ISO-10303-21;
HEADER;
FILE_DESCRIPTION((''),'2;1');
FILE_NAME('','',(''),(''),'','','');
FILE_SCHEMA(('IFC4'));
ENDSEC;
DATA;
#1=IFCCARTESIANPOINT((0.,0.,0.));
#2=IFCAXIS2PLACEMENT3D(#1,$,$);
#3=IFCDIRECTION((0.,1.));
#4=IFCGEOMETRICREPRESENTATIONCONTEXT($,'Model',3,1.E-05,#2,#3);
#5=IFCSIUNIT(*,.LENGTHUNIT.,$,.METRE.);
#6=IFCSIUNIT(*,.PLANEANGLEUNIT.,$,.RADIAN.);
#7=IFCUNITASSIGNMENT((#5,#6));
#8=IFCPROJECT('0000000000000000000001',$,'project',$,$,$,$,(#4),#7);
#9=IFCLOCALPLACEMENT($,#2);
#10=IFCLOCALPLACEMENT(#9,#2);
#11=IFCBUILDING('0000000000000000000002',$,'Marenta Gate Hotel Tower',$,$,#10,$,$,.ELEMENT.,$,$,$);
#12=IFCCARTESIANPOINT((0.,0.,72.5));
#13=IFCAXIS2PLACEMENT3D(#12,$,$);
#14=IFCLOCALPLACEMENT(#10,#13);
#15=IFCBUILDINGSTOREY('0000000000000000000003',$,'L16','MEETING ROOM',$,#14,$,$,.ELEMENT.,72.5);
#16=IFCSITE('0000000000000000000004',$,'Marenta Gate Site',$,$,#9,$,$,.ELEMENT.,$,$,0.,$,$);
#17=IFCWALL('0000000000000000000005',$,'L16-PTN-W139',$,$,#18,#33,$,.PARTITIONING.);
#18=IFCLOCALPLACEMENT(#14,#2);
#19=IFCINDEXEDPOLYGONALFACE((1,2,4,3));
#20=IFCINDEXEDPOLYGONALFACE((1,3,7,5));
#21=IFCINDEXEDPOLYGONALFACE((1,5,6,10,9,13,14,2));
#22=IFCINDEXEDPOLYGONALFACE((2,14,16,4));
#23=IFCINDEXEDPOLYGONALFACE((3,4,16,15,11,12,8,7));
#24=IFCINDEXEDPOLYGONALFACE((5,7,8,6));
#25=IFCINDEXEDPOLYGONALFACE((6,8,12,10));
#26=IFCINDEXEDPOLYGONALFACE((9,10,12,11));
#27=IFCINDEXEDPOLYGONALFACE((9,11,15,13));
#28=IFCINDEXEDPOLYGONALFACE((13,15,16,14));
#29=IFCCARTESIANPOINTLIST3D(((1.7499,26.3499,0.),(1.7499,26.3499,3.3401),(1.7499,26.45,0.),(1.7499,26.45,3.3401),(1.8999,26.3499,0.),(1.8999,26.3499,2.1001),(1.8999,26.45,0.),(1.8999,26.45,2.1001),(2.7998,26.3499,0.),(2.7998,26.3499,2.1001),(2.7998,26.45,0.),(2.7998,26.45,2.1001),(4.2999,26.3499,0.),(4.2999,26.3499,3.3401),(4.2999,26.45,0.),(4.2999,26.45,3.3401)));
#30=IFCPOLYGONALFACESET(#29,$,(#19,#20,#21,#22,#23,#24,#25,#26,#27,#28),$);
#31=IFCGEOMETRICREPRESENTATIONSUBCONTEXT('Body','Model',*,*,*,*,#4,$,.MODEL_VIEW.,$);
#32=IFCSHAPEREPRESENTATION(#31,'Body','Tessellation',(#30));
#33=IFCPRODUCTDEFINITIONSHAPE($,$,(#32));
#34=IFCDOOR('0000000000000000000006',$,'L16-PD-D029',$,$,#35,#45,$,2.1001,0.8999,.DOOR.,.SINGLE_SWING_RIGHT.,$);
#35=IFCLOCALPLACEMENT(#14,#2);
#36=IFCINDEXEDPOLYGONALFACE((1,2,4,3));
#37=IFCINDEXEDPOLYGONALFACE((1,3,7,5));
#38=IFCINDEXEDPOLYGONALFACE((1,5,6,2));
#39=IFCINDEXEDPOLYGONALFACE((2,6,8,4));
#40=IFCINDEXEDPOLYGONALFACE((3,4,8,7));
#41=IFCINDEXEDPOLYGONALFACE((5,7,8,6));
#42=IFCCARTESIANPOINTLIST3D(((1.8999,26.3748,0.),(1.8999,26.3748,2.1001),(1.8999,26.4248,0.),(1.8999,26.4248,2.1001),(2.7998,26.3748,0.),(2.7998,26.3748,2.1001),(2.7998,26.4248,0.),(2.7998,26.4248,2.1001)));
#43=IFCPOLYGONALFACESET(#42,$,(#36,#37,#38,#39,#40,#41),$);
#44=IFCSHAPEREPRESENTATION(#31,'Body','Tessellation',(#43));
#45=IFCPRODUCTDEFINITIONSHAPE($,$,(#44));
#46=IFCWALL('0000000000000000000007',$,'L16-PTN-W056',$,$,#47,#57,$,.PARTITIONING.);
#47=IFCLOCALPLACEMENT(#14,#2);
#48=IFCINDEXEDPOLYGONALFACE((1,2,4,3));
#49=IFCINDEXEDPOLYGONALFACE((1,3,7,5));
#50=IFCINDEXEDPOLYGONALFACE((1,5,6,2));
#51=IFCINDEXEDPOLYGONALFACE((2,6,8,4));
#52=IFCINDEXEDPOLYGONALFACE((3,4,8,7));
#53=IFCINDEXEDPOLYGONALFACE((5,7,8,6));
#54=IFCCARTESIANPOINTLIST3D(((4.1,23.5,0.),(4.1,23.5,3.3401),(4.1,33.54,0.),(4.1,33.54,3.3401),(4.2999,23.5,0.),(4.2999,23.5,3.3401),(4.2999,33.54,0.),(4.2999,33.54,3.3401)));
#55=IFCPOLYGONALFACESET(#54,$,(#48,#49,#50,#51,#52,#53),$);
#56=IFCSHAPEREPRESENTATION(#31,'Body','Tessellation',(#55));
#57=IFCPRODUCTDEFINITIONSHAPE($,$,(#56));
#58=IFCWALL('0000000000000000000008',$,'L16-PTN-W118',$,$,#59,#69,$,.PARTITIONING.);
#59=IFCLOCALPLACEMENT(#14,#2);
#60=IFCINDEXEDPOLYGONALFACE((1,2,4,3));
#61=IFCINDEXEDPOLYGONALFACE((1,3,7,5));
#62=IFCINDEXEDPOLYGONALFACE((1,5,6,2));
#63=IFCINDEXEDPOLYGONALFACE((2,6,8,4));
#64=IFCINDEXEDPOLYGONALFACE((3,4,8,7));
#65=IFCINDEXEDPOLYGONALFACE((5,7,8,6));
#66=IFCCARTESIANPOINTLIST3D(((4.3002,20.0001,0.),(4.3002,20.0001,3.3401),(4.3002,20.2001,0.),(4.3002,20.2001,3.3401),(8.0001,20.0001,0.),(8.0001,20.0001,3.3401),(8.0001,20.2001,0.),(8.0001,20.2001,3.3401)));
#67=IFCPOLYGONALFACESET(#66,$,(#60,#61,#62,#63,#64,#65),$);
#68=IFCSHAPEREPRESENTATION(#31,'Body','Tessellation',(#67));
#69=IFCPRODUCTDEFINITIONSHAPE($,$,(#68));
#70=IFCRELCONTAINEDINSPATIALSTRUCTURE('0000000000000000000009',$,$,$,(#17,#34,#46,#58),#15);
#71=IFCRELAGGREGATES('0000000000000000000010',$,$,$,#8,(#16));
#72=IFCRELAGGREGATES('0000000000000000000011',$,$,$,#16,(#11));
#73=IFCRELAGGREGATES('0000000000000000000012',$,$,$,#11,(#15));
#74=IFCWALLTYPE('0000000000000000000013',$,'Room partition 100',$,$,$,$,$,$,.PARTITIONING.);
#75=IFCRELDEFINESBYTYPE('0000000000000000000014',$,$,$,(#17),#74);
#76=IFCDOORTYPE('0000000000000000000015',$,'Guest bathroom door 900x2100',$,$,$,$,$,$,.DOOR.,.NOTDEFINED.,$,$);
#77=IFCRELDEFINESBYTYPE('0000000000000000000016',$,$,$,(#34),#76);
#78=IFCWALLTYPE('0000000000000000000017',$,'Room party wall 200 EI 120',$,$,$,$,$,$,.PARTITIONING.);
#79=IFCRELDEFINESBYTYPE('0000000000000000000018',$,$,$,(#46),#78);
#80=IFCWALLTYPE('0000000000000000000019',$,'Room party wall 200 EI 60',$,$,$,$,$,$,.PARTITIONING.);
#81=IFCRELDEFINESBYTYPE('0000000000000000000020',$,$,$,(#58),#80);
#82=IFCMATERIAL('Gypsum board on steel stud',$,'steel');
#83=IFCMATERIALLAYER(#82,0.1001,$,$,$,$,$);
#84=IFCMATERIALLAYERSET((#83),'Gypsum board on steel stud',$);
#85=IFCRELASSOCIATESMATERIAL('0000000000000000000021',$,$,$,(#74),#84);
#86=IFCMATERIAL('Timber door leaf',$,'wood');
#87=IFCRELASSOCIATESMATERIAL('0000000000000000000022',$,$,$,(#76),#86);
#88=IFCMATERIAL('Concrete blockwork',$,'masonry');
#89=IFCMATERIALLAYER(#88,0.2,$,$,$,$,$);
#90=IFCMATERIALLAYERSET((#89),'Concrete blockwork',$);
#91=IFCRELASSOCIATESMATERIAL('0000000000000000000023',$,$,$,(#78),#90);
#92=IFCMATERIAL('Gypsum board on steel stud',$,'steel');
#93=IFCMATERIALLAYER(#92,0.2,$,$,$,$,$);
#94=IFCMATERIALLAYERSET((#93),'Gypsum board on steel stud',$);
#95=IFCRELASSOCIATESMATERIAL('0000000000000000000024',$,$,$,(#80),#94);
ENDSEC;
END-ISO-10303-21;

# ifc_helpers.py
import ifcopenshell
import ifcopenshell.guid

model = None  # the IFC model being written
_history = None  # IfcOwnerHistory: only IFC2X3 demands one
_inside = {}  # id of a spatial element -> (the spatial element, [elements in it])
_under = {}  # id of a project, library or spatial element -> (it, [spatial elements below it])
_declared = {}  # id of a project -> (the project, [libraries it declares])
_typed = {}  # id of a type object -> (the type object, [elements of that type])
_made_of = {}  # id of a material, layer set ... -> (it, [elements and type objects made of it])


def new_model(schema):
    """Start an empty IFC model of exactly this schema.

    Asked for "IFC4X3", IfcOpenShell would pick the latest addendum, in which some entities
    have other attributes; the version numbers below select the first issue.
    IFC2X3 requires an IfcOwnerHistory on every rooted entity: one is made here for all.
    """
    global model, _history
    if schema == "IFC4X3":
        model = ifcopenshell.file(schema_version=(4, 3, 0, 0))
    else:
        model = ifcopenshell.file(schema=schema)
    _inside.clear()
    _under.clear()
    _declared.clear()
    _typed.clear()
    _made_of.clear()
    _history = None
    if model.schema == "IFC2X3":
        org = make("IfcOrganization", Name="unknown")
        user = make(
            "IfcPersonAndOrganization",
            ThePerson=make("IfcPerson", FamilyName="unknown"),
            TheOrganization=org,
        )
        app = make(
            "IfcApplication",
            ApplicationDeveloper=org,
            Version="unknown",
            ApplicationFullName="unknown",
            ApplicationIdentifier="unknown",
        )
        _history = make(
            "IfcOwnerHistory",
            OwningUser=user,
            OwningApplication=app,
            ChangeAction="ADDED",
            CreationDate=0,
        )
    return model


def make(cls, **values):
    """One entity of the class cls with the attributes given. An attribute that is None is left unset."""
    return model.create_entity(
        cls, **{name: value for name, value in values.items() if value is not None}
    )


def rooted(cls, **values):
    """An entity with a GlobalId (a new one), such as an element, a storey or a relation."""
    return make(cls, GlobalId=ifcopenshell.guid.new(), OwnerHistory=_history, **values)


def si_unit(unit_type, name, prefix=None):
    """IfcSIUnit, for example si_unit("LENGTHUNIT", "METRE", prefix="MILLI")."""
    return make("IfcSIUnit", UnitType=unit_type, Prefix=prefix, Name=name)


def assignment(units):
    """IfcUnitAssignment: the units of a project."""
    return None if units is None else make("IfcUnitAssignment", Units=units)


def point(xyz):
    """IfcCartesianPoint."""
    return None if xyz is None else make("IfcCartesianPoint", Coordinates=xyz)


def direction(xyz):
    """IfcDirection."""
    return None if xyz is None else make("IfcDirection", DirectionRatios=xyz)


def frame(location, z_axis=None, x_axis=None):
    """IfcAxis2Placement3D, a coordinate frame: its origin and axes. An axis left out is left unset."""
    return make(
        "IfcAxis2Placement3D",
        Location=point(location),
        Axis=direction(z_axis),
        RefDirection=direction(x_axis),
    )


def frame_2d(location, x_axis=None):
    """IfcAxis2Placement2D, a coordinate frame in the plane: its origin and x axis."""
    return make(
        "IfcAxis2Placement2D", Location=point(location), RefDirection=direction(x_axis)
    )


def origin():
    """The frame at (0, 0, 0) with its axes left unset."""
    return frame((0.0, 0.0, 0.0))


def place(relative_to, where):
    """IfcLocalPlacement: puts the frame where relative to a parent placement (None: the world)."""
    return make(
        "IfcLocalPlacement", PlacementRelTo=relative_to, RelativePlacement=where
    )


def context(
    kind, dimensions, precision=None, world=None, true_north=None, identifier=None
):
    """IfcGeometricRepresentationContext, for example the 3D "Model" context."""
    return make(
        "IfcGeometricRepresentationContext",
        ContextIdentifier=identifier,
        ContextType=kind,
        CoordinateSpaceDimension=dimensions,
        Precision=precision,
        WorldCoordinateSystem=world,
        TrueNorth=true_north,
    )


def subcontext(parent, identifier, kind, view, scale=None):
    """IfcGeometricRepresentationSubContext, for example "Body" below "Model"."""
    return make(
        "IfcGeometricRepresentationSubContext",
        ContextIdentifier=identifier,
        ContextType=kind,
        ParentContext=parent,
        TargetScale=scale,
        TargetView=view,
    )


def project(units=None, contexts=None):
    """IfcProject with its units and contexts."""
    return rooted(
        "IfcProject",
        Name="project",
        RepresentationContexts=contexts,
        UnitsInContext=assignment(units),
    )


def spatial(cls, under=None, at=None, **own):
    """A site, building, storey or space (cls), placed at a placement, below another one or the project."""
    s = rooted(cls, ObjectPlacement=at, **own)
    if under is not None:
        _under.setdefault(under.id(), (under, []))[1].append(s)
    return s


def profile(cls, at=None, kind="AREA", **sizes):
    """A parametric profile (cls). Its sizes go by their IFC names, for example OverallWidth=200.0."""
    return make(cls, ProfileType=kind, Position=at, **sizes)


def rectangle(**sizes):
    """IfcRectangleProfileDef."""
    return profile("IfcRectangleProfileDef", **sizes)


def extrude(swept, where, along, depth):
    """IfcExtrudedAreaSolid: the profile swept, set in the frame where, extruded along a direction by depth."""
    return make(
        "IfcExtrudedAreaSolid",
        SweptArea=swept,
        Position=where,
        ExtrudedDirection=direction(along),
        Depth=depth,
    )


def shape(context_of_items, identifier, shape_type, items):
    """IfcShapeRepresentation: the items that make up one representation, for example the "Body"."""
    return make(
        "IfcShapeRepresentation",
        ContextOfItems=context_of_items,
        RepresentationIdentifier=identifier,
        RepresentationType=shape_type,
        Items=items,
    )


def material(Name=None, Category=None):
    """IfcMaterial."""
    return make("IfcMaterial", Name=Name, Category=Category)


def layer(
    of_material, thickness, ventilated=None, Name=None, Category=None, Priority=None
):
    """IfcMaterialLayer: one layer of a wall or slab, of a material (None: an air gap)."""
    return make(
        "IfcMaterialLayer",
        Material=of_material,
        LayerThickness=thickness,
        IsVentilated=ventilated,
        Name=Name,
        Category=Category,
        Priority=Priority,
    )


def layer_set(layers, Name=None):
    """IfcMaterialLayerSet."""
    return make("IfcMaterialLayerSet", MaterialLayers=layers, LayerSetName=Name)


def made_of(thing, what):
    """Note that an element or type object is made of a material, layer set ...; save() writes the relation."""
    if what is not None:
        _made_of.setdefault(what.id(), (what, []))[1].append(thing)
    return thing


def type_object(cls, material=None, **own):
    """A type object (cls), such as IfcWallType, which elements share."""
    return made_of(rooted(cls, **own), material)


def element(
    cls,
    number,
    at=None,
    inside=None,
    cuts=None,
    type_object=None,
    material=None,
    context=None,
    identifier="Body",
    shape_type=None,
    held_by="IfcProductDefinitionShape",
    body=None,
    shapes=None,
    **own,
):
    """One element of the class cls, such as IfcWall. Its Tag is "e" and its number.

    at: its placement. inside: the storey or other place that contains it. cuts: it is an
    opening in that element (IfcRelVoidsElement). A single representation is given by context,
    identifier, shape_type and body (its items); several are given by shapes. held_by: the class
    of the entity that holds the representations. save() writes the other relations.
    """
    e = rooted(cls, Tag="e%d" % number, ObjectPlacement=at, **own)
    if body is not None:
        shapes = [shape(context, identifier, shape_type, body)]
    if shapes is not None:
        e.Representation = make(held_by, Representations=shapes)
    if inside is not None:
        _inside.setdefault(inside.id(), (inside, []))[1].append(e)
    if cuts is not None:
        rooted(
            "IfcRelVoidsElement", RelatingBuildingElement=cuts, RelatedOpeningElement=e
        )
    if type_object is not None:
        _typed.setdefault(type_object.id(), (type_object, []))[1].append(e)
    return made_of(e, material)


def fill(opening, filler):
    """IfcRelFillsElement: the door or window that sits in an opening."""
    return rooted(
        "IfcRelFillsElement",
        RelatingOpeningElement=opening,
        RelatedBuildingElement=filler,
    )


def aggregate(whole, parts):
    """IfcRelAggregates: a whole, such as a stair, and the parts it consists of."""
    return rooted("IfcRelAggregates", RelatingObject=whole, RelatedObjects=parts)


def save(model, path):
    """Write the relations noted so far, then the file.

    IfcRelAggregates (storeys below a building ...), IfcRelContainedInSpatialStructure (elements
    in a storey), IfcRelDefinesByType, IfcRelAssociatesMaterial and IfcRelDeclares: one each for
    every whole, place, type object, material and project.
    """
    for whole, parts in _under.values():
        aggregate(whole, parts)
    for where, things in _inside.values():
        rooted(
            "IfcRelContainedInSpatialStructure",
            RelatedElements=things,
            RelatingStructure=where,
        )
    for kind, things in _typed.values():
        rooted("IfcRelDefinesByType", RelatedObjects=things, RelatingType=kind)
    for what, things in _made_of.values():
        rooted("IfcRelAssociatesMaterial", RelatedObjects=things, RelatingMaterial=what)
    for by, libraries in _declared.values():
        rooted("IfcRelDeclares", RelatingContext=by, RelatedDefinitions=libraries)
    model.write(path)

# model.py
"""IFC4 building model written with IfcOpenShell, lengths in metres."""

from ifc_helpers import new_model, si_unit, direction, frame, frame_2d, origin, place, context, subcontext, project, spatial, rectangle, extrude, material, layer, layer_set, type_object, element, fill, save


model = new_model("IFC4")

# Units and contexts
model_context = context("Model", 3, precision=1e-05, world=origin(), true_north=direction((0.0, 1.0)))
body_context = subcontext(model_context, "Body", "Model", "MODEL_VIEW")
ifc_project = project(units=[si_unit("LENGTHUNIT", "METRE"), si_unit("PLANEANGLEUNIT", "RADIAN")], contexts=[model_context])

# Site, building, storey
site_placement = place(None, origin())
site = spatial("IfcSite", under=ifc_project, at=site_placement, Name="Marenta Gate Site", CompositionType="ELEMENT", RefElevation=0.0)
building_placement = place(site_placement, origin())
building = spatial("IfcBuilding", under=site, at=building_placement, Name="Marenta Gate Hotel Tower", CompositionType="ELEMENT")
storey_placement = place(building_placement, frame((0.0, 0.0, 72.5)))
storey = spatial("IfcBuildingStorey", under=building, at=storey_placement, Name="L16", Description="MEETING ROOM", CompositionType="ELEMENT", Elevation=72.5)

# Shared definitions
ifc_material_1 = material(Name="Gypsum board on steel stud", Category="steel")
ifc_layer_1 = layer(ifc_material_1, 0.1001)
ifc_layer_set_1 = layer_set([ifc_layer_1], Name="Gypsum board on steel stud")
wall_type_1 = type_object("IfcWallType", Name="Room partition 100", PredefinedType="PARTITIONING", material=ifc_layer_set_1)

# Wall, opening, door
wall_1_placement = place(storey_placement, frame((1.75, 26.3999, 0.0), z_axis=(0.0, 0.0, 1.0), x_axis=(1.0, 0.0, 0.0)))
wall_1 = element("IfcWall", 1, at=wall_1_placement, inside=storey, type_object=wall_type_1, Name="L16-PTN-W139", PredefinedType="PARTITIONING", context=body_context, shape_type="SweptSolid", body=[
    extrude(rectangle(XDim=2.55, YDim=0.1001, at=frame_2d((1.2749, 0.0))), origin(), (0.0, 0.0, 1.0), 3.3401),
])
opening_1_placement = place(wall_1_placement, frame((0.1499, 0.0, 0.0)))
opening_1 = element("IfcOpeningElement", 2, at=opening_1_placement, cuts=wall_1, PredefinedType="OPENING", context=body_context, shape_type="SweptSolid", body=[
    extrude(rectangle(XDim=0.8999, YDim=2.1001, at=frame_2d((0.45, 1.05))), frame((0.0, 0.05, 0.0), z_axis=(0.0, -1.0, 0.0), x_axis=(1.0, 0.0, 0.0)), (0.0, 0.0, 1.0), 0.1001),
])
ifc_material_2 = material(Name="Timber door leaf", Category="wood")
door_type_1 = type_object("IfcDoorType", Name="Guest bathroom door 900x2100", OperationType="NOTDEFINED", PredefinedType="DOOR", material=ifc_material_2)
door_1_placement = place(opening_1_placement, origin())
door_1 = element("IfcDoor", 3, at=door_1_placement, inside=storey, type_object=door_type_1, Name="L16-PD-D029", OperationType="SINGLE_SWING_RIGHT", OverallHeight=2.1001, OverallWidth=0.8999, PredefinedType="DOOR", context=body_context, shape_type="SweptSolid", body=[
    extrude(rectangle(XDim=0.8999, YDim=2.1001, at=frame_2d((0.45, 1.05))), frame((0.0, 0.0249, 0.0), z_axis=(0.0, -1.0, 0.0), x_axis=(1.0, 0.0, 0.0)), (0.0, 0.0, 1.0), 0.05),
])
fill(opening_1, door_1)

# Walls
ifc_material_3 = material(Name="Concrete blockwork", Category="masonry")
ifc_layer_2 = layer(ifc_material_3, 0.2)
ifc_layer_set_2 = layer_set([ifc_layer_2], Name="Concrete blockwork")
wall_type_2 = type_object("IfcWallType", Name="Room party wall 200 EI 120", PredefinedType="PARTITIONING", material=ifc_layer_set_2)
wall_2_placement = place(storey_placement, frame((4.2, 23.5, 0.0), z_axis=(0.0, 0.0, 1.0), x_axis=(0.0, 1.0, 0.0)))
element("IfcWall", 4, at=wall_2_placement, inside=storey, type_object=wall_type_2, Name="L16-PTN-W056", PredefinedType="PARTITIONING", context=body_context, shape_type="SweptSolid", body=[
    extrude(rectangle(XDim=10.04, YDim=0.2, at=frame_2d((5.02, 0.0))), origin(), (0.0, 0.0, 1.0), 3.3401),
])
ifc_material_4 = material(Name="Gypsum board on steel stud", Category="steel")
ifc_layer_3 = layer(ifc_material_4, 0.2)
ifc_layer_set_3 = layer_set([ifc_layer_3], Name="Gypsum board on steel stud")
wall_type_3 = type_object("IfcWallType", Name="Room party wall 200 EI 60", PredefinedType="PARTITIONING", material=ifc_layer_set_3)
wall_3_placement = place(storey_placement, frame((4.3, 20.1001, 0.0), z_axis=(0.0, 0.0, 1.0), x_axis=(1.0, 0.0, 0.0)))
element("IfcWall", 5, at=wall_3_placement, inside=storey, type_object=wall_type_3, Name="L16-PTN-W118", PredefinedType="PARTITIONING", context=body_context, shape_type="SweptSolid", body=[
    extrude(rectangle(XDim=3.7, YDim=0.2, at=frame_2d((1.8501, 0.0))), origin(), (0.0, 0.0, 1.0), 3.3401),
])

save(model, "model.ifc")
